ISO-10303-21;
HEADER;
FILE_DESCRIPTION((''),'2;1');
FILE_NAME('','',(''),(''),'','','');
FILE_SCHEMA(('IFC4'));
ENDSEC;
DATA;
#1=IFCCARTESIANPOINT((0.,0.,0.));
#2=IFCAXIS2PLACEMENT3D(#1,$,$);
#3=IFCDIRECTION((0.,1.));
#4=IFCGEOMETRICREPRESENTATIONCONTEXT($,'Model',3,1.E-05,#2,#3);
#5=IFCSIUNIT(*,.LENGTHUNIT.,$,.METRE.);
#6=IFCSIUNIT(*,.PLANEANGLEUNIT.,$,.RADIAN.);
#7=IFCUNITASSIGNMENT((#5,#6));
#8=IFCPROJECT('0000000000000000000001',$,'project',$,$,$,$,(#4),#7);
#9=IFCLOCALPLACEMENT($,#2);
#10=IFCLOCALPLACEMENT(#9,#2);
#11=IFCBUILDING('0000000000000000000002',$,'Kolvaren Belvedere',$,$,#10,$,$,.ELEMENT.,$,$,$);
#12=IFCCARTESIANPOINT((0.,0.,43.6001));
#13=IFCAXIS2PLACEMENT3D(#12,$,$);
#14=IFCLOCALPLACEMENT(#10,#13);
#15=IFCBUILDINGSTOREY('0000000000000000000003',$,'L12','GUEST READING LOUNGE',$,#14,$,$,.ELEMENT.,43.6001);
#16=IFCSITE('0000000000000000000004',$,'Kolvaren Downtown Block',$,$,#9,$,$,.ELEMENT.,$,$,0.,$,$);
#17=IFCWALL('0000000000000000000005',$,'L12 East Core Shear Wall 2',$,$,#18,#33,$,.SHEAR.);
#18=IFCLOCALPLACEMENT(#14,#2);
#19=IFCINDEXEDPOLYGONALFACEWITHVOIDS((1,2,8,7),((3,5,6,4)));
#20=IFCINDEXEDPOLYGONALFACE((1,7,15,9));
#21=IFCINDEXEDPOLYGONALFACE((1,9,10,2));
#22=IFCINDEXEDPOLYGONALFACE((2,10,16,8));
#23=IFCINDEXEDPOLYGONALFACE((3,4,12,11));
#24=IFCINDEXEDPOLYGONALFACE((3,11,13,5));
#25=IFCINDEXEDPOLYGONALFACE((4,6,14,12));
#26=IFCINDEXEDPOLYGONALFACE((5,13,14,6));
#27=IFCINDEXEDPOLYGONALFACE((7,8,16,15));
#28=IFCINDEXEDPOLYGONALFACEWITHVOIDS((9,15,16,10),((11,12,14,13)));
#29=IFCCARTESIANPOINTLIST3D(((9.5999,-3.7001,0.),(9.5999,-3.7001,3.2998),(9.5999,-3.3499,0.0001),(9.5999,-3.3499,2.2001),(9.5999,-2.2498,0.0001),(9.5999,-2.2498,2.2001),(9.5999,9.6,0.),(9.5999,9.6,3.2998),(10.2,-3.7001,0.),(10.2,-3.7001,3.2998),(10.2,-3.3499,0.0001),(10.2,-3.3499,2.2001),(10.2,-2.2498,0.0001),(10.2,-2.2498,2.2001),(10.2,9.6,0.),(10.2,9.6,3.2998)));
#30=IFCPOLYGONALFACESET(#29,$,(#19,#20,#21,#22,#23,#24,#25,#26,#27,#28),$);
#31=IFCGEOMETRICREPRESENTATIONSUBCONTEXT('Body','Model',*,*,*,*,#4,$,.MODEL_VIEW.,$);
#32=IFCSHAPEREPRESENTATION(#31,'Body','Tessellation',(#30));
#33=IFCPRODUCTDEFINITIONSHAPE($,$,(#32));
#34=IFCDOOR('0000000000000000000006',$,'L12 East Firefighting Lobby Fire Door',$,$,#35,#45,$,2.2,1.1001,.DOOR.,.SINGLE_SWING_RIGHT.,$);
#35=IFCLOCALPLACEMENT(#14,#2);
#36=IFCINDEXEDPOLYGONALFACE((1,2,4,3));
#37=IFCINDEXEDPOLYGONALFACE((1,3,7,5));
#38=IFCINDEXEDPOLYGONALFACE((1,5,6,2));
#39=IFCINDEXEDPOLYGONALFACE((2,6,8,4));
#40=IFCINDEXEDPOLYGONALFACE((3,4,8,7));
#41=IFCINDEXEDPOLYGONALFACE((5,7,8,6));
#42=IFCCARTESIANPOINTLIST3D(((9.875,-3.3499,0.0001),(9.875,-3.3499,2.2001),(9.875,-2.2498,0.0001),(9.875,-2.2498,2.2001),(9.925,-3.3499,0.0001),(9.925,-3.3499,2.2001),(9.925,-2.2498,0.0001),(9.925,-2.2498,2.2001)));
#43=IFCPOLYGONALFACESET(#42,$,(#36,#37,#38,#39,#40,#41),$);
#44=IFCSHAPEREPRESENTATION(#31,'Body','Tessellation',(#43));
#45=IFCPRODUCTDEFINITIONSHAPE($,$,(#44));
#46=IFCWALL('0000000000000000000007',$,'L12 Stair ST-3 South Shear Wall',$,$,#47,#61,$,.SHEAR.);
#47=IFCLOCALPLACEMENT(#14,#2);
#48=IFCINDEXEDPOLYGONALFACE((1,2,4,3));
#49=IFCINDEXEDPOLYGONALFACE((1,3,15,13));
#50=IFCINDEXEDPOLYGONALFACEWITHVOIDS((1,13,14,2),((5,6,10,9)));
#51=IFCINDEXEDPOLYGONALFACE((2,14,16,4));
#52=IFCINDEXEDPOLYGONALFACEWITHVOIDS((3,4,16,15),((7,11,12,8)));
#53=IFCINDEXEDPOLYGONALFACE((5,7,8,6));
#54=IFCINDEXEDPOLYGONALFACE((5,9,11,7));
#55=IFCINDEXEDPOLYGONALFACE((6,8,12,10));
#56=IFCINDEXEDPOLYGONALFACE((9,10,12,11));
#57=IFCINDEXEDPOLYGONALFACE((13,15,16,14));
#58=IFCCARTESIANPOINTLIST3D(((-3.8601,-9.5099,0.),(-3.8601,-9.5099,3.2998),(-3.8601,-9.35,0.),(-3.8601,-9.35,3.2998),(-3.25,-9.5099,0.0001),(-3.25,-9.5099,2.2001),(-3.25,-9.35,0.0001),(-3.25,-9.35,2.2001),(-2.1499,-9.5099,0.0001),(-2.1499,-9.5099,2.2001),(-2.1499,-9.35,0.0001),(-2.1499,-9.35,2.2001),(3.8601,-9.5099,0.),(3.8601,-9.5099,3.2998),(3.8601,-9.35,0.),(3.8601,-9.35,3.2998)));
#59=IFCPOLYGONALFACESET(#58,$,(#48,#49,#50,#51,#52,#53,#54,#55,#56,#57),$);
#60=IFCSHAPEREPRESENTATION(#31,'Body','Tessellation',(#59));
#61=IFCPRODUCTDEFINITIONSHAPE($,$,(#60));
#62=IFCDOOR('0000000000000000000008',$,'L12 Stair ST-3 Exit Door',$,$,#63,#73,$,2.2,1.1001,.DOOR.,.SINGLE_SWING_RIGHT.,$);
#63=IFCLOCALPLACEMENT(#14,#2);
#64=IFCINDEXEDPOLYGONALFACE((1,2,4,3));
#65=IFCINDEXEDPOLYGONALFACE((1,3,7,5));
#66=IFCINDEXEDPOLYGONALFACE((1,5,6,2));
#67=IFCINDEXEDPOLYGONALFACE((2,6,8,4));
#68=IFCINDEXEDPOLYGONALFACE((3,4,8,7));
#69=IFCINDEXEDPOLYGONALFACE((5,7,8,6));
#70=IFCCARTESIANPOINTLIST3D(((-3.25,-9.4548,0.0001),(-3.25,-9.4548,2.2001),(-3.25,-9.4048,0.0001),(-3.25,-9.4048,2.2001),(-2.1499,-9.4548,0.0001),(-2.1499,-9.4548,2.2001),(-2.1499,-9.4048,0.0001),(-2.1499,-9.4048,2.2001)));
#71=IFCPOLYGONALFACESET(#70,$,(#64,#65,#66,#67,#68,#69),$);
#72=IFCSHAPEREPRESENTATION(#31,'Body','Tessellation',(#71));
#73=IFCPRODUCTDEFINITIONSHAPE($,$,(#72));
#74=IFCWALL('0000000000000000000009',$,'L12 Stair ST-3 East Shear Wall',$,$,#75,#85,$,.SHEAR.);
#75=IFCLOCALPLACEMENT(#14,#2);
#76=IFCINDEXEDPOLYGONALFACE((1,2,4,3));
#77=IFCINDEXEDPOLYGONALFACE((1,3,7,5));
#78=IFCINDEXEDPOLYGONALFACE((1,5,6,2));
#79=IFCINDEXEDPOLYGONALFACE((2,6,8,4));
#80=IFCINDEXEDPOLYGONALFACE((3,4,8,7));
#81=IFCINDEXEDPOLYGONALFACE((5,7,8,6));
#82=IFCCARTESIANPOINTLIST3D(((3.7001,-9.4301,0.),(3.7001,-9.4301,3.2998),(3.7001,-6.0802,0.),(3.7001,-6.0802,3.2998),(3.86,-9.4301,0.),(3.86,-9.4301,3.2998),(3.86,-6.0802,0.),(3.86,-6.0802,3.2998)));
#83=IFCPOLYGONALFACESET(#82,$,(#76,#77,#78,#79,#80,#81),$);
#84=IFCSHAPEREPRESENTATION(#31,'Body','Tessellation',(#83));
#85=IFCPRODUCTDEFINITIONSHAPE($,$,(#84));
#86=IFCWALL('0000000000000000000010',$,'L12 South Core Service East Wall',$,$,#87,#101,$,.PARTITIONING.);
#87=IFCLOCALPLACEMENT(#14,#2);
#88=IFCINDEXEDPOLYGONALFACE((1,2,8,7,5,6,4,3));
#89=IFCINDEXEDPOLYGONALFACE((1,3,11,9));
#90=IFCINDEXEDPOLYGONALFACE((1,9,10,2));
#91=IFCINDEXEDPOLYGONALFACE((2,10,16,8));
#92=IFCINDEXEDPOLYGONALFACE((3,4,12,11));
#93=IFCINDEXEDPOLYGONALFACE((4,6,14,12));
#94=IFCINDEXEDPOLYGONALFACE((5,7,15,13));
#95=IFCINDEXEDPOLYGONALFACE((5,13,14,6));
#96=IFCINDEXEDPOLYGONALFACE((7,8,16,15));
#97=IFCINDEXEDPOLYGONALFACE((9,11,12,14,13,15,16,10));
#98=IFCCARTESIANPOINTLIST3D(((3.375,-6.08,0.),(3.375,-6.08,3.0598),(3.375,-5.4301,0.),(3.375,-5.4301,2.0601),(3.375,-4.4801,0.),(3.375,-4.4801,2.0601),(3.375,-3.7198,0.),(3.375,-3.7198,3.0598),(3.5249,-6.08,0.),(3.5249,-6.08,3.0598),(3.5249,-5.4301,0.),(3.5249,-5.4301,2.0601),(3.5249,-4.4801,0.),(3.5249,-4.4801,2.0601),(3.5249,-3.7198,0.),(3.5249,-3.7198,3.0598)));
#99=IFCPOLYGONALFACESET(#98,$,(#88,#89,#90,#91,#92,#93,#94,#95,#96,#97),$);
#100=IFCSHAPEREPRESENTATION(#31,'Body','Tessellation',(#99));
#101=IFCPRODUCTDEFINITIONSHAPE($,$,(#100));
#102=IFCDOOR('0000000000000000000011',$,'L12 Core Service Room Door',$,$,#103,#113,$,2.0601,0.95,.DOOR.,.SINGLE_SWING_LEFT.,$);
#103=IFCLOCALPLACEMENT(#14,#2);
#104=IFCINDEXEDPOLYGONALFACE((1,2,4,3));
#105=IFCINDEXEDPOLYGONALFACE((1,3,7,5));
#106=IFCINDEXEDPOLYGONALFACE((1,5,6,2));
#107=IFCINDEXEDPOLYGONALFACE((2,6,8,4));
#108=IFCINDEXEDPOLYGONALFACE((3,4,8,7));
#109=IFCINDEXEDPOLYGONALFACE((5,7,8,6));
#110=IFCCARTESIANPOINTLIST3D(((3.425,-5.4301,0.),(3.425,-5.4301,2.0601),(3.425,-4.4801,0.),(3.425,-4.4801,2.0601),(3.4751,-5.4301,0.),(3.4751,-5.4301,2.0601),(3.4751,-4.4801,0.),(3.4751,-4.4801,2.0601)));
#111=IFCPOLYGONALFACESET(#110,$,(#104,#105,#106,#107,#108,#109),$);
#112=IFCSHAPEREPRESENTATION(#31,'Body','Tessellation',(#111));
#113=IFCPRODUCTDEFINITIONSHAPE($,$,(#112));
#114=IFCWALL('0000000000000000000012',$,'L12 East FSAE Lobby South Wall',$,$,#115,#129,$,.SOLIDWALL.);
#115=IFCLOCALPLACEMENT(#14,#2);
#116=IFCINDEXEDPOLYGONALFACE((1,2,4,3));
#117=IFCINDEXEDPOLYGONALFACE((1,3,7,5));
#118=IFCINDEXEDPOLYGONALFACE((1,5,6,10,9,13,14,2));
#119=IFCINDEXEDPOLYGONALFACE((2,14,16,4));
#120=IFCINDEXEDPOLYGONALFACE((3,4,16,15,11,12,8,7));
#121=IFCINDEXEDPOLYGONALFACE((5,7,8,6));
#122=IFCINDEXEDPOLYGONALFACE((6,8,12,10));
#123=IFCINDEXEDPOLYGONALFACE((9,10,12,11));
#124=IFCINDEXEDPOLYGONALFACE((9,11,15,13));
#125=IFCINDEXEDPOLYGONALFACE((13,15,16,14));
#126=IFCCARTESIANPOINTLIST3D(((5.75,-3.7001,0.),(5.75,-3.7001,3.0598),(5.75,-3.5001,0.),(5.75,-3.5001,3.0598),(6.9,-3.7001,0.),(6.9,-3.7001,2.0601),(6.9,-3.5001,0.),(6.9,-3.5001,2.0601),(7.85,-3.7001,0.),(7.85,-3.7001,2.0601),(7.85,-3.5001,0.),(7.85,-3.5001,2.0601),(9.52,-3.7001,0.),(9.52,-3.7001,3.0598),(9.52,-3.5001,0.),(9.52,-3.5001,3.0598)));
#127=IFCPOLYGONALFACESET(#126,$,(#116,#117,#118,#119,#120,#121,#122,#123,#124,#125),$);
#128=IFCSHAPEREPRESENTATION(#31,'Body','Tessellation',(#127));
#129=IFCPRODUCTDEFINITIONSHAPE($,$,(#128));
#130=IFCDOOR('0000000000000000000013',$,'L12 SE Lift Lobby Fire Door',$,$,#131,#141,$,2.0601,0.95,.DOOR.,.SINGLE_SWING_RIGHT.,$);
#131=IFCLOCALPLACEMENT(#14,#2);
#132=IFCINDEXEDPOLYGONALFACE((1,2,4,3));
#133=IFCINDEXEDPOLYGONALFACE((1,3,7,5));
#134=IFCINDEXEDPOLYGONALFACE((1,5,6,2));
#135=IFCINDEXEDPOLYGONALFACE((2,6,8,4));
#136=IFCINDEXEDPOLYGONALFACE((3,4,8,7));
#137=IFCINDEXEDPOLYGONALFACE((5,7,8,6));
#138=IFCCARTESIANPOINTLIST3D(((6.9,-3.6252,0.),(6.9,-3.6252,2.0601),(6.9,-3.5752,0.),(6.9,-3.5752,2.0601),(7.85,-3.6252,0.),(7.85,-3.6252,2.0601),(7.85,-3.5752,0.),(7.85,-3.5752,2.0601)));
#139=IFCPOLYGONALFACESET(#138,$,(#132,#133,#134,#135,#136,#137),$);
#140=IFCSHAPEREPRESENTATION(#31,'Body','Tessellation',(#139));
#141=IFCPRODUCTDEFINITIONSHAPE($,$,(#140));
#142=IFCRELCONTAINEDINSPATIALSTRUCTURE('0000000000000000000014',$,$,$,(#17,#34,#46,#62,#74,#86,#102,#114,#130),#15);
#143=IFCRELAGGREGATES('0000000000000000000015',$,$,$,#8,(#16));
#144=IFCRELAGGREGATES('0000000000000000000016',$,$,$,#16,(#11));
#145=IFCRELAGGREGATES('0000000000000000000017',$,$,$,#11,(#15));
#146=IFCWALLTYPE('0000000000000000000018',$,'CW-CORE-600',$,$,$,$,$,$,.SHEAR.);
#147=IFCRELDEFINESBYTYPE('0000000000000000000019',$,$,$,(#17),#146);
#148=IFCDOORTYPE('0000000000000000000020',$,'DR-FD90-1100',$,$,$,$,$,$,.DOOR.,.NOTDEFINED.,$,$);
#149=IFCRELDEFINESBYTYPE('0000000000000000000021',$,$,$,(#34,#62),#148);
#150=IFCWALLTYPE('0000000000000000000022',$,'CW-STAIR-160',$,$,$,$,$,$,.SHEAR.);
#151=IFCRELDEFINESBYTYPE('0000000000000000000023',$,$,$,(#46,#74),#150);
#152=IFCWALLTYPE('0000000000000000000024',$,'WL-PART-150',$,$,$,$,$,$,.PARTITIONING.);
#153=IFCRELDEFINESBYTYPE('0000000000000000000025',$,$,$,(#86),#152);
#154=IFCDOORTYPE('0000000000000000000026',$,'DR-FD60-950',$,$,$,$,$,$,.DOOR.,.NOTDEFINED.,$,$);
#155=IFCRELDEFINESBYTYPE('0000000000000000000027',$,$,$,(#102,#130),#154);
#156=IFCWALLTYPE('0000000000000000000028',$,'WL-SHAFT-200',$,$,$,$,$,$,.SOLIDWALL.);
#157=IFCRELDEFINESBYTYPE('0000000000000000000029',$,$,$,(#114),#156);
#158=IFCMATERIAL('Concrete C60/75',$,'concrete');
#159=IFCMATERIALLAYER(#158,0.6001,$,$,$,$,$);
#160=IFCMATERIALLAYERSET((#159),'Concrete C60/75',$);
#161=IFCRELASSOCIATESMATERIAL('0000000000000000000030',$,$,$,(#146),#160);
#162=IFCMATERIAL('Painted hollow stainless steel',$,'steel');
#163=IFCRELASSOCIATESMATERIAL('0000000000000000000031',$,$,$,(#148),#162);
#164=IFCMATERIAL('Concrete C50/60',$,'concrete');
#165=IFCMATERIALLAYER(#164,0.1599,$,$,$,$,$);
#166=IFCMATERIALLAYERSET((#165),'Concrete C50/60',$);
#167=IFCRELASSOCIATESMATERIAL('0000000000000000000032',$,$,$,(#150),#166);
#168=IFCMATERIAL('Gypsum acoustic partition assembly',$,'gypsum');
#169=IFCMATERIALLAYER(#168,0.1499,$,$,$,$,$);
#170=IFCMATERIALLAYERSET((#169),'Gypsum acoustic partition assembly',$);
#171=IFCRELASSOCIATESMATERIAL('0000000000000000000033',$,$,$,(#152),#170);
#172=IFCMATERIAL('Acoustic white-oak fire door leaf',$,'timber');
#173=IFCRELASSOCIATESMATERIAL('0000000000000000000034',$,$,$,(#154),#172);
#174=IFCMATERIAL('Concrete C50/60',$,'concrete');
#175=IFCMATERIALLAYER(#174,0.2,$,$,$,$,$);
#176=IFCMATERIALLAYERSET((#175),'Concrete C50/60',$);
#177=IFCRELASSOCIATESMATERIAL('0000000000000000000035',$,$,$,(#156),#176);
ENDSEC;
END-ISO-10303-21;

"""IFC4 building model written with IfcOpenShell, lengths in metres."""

from ifc_helpers import new_model, si_unit, direction, frame, frame_2d, origin, place, context, subcontext, project, spatial, rectangle, extrude, material, layer, layer_set, type_object, element, fill, save


model = new_model("IFC4")

# Units and contexts
model_context = context("Model", 3, precision=1e-05, world=origin(), true_north=direction((0.0, 1.0)))
body_context = subcontext(model_context, "Body", "Model", "MODEL_VIEW")
ifc_project = project(units=[si_unit("LENGTHUNIT", "METRE"), si_unit("PLANEANGLEUNIT", "RADIAN")], contexts=[model_context])

# Site, building, storey
site_placement = place(None, origin())
site = spatial("IfcSite", under=ifc_project, at=site_placement, Name="Kolvaren Downtown Block", CompositionType="ELEMENT", RefElevation=0.0)
building_placement = place(site_placement, origin())
building = spatial("IfcBuilding", under=site, at=building_placement, Name="Kolvaren Belvedere", CompositionType="ELEMENT")
storey_placement = place(building_placement, frame((0.0, 0.0, 43.6001)))
storey = spatial("IfcBuildingStorey", under=building, at=storey_placement, Name="L12", Description="GUEST READING LOUNGE", CompositionType="ELEMENT", Elevation=43.6001)

# Shared definitions
ifc_material_1 = material(Name="Concrete C60/75", Category="concrete")
ifc_layer_1 = layer(ifc_material_1, 0.6001)
ifc_layer_set_1 = layer_set([ifc_layer_1], Name="Concrete C60/75")
wall_type_1 = type_object("IfcWallType", Name="CW-CORE-600", PredefinedType="SHEAR", material=ifc_layer_set_1)

# Walls, openings, doors
wall_1_placement = place(storey_placement, frame((9.8999, -3.7, 0.0), z_axis=(0.0, 0.0, 1.0), x_axis=(0.0, 1.0, 0.0)))
wall_1 = element("IfcWall", 1, at=wall_1_placement, inside=storey, type_object=wall_type_1, Name="L12 East Core Shear Wall 2", PredefinedType="SHEAR", context=body_context, shape_type="SweptSolid", body=[
    extrude(rectangle(XDim=13.3, YDim=0.6001, at=frame_2d((6.6499, 0.0))), origin(), (0.0, 0.0, 1.0), 3.2998),
])
opening_1_placement = place(wall_1_placement, frame((0.3501, 0.0, 0.0)))
opening_1 = element("IfcOpeningElement", 2, at=opening_1_placement, cuts=wall_1, PredefinedType="OPENING", context=body_context, shape_type="SweptSolid", body=[
    extrude(rectangle(XDim=1.1001, YDim=2.2, at=frame_2d((0.55, 1.1001))), frame((0.0, 0.3101, 0.0), z_axis=(0.0, -1.0, 0.0), x_axis=(1.0, 0.0, 0.0)), (0.0, 0.0, 1.0), 0.6201),
])
ifc_material_2 = material(Name="Painted hollow stainless steel", Category="steel")
door_type_1 = type_object("IfcDoorType", Name="DR-FD90-1100", OperationType="NOTDEFINED", PredefinedType="DOOR", material=ifc_material_2)
door_1_placement = place(opening_1_placement, origin())
door_1 = element("IfcDoor", 3, at=door_1_placement, inside=storey, type_object=door_type_1, Name="L12 East Firefighting Lobby Fire Door", OperationType="SINGLE_SWING_RIGHT", OverallHeight=2.2, OverallWidth=1.1001, PredefinedType="DOOR", context=body_context, shape_type="SweptSolid", body=[
    extrude(rectangle(XDim=1.1001, YDim=2.2, at=frame_2d((0.55, 1.1001))), frame((0.0, 0.0249, 0.0), z_axis=(0.0, -1.0, 0.0), x_axis=(1.0, 0.0, 0.0)), (0.0, 0.0, 1.0), 0.05),
])
fill(opening_1, door_1)
ifc_material_3 = material(Name="Concrete C50/60", Category="concrete")
ifc_layer_2 = layer(ifc_material_3, 0.1599)
ifc_layer_set_2 = layer_set([ifc_layer_2], Name="Concrete C50/60")
wall_type_2 = type_object("IfcWallType", Name="CW-STAIR-160", PredefinedType="SHEAR", material=ifc_layer_set_2)
wall_2_placement = place(storey_placement, frame((3.8601, -9.4299, 0.0), z_axis=(0.0, 0.0, 1.0), x_axis=(-1.0, 0.0, 0.0)))
wall_2 = element("IfcWall", 4, at=wall_2_placement, inside=storey, type_object=wall_type_2, Name="L12 Stair ST-3 South Shear Wall", PredefinedType="SHEAR", context=body_context, shape_type="SweptSolid", body=[
    extrude(rectangle(XDim=7.7202, YDim=0.1599, at=frame_2d((3.8601, 0.0))), origin(), (0.0, 0.0, 1.0), 3.2998),
])
opening_2_placement = place(wall_2_placement, frame((6.01, 0.0, 0.0)))
opening_2 = element("IfcOpeningElement", 5, at=opening_2_placement, cuts=wall_2, PredefinedType="OPENING", context=body_context, shape_type="SweptSolid", body=[
    extrude(rectangle(XDim=1.1001, YDim=2.2, at=frame_2d((0.55, 1.1001))), frame((0.0, 0.0898, 0.0), z_axis=(0.0, -1.0, 0.0), x_axis=(1.0, 0.0, 0.0)), (0.0, 0.0, 1.0), 0.1799),
])
door_2_placement = place(opening_2_placement, origin())
door_2 = element("IfcDoor", 6, at=door_2_placement, inside=storey, type_object=door_type_1, Name="L12 Stair ST-3 Exit Door", OperationType="SINGLE_SWING_RIGHT", OverallHeight=2.2, OverallWidth=1.1001, PredefinedType="DOOR", context=body_context, shape_type="SweptSolid", body=[
    extrude(rectangle(XDim=1.1001, YDim=2.2, at=frame_2d((0.55, 1.1001))), frame((0.0, 0.0249, 0.0), z_axis=(0.0, -1.0, 0.0), x_axis=(1.0, 0.0, 0.0)), (0.0, 0.0, 1.0), 0.05),
])
fill(opening_2, door_2)

# Wall
wall_3_placement = place(storey_placement, frame((3.78, -9.4299, 0.0), z_axis=(0.0, 0.0, 1.0), x_axis=(0.0, 1.0, 0.0)))
element("IfcWall", 7, at=wall_3_placement, inside=storey, type_object=wall_type_2, Name="L12 Stair ST-3 East Shear Wall", PredefinedType="SHEAR", context=body_context, shape_type="SweptSolid", body=[
    extrude(rectangle(XDim=3.3499, YDim=0.1599, at=frame_2d((1.6748, 0.0))), origin(), (0.0, 0.0, 1.0), 3.2998),
])

# Walls, openings, doors
ifc_material_4 = material(Name="Gypsum acoustic partition assembly", Category="gypsum")
ifc_layer_3 = layer(ifc_material_4, 0.1499)
ifc_layer_set_3 = layer_set([ifc_layer_3], Name="Gypsum acoustic partition assembly")
wall_type_3 = type_object("IfcWallType", Name="WL-PART-150", PredefinedType="PARTITIONING", material=ifc_layer_set_3)
wall_4_placement = place(storey_placement, frame((3.45, -6.0801, 0.0), z_axis=(0.0, 0.0, 1.0), x_axis=(0.0, 1.0, 0.0)))
wall_4 = element("IfcWall", 8, at=wall_4_placement, inside=storey, type_object=wall_type_3, Name="L12 South Core Service East Wall", PredefinedType="PARTITIONING", context=body_context, shape_type="SweptSolid", body=[
    extrude(rectangle(XDim=2.3601, YDim=0.1499, at=frame_2d((1.1802, 0.0))), origin(), (0.0, 0.0, 1.0), 3.0598),
])
opening_3_placement = place(wall_4_placement, frame((0.6499, 0.0, 0.0)))
opening_3 = element("IfcOpeningElement", 9, at=opening_3_placement, cuts=wall_4, PredefinedType="OPENING", context=body_context, shape_type="SweptSolid", body=[
    extrude(rectangle(XDim=0.95, YDim=2.0601, at=frame_2d((0.4751, 1.03))), frame((0.0, 0.085, 0.0), z_axis=(0.0, -1.0, 0.0), x_axis=(1.0, 0.0, 0.0)), (0.0, 0.0, 1.0), 0.1699),
])
ifc_material_5 = material(Name="Acoustic white-oak fire door leaf", Category="timber")
door_type_2 = type_object("IfcDoorType", Name="DR-FD60-950", OperationType="NOTDEFINED", PredefinedType="DOOR", material=ifc_material_5)
door_3_placement = place(opening_3_placement, origin())
door_3 = element("IfcDoor", 10, at=door_3_placement, inside=storey, type_object=door_type_2, Name="L12 Core Service Room Door", OperationType="SINGLE_SWING_LEFT", OverallHeight=2.0601, OverallWidth=0.95, PredefinedType="DOOR", context=body_context, shape_type="SweptSolid", body=[
    extrude(rectangle(XDim=0.95, YDim=2.0601, at=frame_2d((0.4751, 1.03))), frame((0.0, 0.0249, 0.0), z_axis=(0.0, -1.0, 0.0), x_axis=(1.0, 0.0, 0.0)), (0.0, 0.0, 1.0), 0.05),
])
fill(opening_3, door_3)
ifc_material_6 = material(Name="Concrete C50/60", Category="concrete")
ifc_layer_4 = layer(ifc_material_6, 0.2)
ifc_layer_set_4 = layer_set([ifc_layer_4], Name="Concrete C50/60")
wall_type_4 = type_object("IfcWallType", Name="WL-SHAFT-200", PredefinedType="SOLIDWALL", material=ifc_layer_set_4)
wall_5_placement = place(storey_placement, frame((5.75, -3.6001, 0.0), z_axis=(0.0, 0.0, 1.0), x_axis=(1.0, 0.0, 0.0)))
wall_5 = element("IfcWall", 11, at=wall_5_placement, inside=storey, type_object=wall_type_4, Name="L12 East FSAE Lobby South Wall", PredefinedType="SOLIDWALL", context=body_context, shape_type="SweptSolid", body=[
    extrude(rectangle(XDim=3.77, YDim=0.2, at=frame_2d((1.885, 0.0))), origin(), (0.0, 0.0, 1.0), 3.0598),
])
opening_4_placement = place(wall_5_placement, frame((1.1499, 0.0, 0.0)))
opening_4 = element("IfcOpeningElement", 12, at=opening_4_placement, cuts=wall_5, PredefinedType="OPENING", context=body_context, shape_type="SweptSolid", body=[
    extrude(rectangle(XDim=0.95, YDim=2.0601, at=frame_2d((0.4751, 1.03))), frame((0.0, 0.1099, 0.0), z_axis=(0.0, -1.0, 0.0), x_axis=(1.0, 0.0, 0.0)), (0.0, 0.0, 1.0), 0.22),
])
door_4_placement = place(opening_4_placement, origin())
door_4 = element("IfcDoor", 13, at=door_4_placement, inside=storey, type_object=door_type_2, Name="L12 SE Lift Lobby Fire Door", OperationType="SINGLE_SWING_RIGHT", OverallHeight=2.0601, OverallWidth=0.95, PredefinedType="DOOR", context=body_context, shape_type="SweptSolid", body=[
    extrude(rectangle(XDim=0.95, YDim=2.0601, at=frame_2d((0.4751, 1.03))), frame((0.0, 0.0249, 0.0), z_axis=(0.0, -1.0, 0.0), x_axis=(1.0, 0.0, 0.0)), (0.0, 0.0, 1.0), 0.05),
])
fill(opening_4, door_4)

save(model, "model.ifc")
